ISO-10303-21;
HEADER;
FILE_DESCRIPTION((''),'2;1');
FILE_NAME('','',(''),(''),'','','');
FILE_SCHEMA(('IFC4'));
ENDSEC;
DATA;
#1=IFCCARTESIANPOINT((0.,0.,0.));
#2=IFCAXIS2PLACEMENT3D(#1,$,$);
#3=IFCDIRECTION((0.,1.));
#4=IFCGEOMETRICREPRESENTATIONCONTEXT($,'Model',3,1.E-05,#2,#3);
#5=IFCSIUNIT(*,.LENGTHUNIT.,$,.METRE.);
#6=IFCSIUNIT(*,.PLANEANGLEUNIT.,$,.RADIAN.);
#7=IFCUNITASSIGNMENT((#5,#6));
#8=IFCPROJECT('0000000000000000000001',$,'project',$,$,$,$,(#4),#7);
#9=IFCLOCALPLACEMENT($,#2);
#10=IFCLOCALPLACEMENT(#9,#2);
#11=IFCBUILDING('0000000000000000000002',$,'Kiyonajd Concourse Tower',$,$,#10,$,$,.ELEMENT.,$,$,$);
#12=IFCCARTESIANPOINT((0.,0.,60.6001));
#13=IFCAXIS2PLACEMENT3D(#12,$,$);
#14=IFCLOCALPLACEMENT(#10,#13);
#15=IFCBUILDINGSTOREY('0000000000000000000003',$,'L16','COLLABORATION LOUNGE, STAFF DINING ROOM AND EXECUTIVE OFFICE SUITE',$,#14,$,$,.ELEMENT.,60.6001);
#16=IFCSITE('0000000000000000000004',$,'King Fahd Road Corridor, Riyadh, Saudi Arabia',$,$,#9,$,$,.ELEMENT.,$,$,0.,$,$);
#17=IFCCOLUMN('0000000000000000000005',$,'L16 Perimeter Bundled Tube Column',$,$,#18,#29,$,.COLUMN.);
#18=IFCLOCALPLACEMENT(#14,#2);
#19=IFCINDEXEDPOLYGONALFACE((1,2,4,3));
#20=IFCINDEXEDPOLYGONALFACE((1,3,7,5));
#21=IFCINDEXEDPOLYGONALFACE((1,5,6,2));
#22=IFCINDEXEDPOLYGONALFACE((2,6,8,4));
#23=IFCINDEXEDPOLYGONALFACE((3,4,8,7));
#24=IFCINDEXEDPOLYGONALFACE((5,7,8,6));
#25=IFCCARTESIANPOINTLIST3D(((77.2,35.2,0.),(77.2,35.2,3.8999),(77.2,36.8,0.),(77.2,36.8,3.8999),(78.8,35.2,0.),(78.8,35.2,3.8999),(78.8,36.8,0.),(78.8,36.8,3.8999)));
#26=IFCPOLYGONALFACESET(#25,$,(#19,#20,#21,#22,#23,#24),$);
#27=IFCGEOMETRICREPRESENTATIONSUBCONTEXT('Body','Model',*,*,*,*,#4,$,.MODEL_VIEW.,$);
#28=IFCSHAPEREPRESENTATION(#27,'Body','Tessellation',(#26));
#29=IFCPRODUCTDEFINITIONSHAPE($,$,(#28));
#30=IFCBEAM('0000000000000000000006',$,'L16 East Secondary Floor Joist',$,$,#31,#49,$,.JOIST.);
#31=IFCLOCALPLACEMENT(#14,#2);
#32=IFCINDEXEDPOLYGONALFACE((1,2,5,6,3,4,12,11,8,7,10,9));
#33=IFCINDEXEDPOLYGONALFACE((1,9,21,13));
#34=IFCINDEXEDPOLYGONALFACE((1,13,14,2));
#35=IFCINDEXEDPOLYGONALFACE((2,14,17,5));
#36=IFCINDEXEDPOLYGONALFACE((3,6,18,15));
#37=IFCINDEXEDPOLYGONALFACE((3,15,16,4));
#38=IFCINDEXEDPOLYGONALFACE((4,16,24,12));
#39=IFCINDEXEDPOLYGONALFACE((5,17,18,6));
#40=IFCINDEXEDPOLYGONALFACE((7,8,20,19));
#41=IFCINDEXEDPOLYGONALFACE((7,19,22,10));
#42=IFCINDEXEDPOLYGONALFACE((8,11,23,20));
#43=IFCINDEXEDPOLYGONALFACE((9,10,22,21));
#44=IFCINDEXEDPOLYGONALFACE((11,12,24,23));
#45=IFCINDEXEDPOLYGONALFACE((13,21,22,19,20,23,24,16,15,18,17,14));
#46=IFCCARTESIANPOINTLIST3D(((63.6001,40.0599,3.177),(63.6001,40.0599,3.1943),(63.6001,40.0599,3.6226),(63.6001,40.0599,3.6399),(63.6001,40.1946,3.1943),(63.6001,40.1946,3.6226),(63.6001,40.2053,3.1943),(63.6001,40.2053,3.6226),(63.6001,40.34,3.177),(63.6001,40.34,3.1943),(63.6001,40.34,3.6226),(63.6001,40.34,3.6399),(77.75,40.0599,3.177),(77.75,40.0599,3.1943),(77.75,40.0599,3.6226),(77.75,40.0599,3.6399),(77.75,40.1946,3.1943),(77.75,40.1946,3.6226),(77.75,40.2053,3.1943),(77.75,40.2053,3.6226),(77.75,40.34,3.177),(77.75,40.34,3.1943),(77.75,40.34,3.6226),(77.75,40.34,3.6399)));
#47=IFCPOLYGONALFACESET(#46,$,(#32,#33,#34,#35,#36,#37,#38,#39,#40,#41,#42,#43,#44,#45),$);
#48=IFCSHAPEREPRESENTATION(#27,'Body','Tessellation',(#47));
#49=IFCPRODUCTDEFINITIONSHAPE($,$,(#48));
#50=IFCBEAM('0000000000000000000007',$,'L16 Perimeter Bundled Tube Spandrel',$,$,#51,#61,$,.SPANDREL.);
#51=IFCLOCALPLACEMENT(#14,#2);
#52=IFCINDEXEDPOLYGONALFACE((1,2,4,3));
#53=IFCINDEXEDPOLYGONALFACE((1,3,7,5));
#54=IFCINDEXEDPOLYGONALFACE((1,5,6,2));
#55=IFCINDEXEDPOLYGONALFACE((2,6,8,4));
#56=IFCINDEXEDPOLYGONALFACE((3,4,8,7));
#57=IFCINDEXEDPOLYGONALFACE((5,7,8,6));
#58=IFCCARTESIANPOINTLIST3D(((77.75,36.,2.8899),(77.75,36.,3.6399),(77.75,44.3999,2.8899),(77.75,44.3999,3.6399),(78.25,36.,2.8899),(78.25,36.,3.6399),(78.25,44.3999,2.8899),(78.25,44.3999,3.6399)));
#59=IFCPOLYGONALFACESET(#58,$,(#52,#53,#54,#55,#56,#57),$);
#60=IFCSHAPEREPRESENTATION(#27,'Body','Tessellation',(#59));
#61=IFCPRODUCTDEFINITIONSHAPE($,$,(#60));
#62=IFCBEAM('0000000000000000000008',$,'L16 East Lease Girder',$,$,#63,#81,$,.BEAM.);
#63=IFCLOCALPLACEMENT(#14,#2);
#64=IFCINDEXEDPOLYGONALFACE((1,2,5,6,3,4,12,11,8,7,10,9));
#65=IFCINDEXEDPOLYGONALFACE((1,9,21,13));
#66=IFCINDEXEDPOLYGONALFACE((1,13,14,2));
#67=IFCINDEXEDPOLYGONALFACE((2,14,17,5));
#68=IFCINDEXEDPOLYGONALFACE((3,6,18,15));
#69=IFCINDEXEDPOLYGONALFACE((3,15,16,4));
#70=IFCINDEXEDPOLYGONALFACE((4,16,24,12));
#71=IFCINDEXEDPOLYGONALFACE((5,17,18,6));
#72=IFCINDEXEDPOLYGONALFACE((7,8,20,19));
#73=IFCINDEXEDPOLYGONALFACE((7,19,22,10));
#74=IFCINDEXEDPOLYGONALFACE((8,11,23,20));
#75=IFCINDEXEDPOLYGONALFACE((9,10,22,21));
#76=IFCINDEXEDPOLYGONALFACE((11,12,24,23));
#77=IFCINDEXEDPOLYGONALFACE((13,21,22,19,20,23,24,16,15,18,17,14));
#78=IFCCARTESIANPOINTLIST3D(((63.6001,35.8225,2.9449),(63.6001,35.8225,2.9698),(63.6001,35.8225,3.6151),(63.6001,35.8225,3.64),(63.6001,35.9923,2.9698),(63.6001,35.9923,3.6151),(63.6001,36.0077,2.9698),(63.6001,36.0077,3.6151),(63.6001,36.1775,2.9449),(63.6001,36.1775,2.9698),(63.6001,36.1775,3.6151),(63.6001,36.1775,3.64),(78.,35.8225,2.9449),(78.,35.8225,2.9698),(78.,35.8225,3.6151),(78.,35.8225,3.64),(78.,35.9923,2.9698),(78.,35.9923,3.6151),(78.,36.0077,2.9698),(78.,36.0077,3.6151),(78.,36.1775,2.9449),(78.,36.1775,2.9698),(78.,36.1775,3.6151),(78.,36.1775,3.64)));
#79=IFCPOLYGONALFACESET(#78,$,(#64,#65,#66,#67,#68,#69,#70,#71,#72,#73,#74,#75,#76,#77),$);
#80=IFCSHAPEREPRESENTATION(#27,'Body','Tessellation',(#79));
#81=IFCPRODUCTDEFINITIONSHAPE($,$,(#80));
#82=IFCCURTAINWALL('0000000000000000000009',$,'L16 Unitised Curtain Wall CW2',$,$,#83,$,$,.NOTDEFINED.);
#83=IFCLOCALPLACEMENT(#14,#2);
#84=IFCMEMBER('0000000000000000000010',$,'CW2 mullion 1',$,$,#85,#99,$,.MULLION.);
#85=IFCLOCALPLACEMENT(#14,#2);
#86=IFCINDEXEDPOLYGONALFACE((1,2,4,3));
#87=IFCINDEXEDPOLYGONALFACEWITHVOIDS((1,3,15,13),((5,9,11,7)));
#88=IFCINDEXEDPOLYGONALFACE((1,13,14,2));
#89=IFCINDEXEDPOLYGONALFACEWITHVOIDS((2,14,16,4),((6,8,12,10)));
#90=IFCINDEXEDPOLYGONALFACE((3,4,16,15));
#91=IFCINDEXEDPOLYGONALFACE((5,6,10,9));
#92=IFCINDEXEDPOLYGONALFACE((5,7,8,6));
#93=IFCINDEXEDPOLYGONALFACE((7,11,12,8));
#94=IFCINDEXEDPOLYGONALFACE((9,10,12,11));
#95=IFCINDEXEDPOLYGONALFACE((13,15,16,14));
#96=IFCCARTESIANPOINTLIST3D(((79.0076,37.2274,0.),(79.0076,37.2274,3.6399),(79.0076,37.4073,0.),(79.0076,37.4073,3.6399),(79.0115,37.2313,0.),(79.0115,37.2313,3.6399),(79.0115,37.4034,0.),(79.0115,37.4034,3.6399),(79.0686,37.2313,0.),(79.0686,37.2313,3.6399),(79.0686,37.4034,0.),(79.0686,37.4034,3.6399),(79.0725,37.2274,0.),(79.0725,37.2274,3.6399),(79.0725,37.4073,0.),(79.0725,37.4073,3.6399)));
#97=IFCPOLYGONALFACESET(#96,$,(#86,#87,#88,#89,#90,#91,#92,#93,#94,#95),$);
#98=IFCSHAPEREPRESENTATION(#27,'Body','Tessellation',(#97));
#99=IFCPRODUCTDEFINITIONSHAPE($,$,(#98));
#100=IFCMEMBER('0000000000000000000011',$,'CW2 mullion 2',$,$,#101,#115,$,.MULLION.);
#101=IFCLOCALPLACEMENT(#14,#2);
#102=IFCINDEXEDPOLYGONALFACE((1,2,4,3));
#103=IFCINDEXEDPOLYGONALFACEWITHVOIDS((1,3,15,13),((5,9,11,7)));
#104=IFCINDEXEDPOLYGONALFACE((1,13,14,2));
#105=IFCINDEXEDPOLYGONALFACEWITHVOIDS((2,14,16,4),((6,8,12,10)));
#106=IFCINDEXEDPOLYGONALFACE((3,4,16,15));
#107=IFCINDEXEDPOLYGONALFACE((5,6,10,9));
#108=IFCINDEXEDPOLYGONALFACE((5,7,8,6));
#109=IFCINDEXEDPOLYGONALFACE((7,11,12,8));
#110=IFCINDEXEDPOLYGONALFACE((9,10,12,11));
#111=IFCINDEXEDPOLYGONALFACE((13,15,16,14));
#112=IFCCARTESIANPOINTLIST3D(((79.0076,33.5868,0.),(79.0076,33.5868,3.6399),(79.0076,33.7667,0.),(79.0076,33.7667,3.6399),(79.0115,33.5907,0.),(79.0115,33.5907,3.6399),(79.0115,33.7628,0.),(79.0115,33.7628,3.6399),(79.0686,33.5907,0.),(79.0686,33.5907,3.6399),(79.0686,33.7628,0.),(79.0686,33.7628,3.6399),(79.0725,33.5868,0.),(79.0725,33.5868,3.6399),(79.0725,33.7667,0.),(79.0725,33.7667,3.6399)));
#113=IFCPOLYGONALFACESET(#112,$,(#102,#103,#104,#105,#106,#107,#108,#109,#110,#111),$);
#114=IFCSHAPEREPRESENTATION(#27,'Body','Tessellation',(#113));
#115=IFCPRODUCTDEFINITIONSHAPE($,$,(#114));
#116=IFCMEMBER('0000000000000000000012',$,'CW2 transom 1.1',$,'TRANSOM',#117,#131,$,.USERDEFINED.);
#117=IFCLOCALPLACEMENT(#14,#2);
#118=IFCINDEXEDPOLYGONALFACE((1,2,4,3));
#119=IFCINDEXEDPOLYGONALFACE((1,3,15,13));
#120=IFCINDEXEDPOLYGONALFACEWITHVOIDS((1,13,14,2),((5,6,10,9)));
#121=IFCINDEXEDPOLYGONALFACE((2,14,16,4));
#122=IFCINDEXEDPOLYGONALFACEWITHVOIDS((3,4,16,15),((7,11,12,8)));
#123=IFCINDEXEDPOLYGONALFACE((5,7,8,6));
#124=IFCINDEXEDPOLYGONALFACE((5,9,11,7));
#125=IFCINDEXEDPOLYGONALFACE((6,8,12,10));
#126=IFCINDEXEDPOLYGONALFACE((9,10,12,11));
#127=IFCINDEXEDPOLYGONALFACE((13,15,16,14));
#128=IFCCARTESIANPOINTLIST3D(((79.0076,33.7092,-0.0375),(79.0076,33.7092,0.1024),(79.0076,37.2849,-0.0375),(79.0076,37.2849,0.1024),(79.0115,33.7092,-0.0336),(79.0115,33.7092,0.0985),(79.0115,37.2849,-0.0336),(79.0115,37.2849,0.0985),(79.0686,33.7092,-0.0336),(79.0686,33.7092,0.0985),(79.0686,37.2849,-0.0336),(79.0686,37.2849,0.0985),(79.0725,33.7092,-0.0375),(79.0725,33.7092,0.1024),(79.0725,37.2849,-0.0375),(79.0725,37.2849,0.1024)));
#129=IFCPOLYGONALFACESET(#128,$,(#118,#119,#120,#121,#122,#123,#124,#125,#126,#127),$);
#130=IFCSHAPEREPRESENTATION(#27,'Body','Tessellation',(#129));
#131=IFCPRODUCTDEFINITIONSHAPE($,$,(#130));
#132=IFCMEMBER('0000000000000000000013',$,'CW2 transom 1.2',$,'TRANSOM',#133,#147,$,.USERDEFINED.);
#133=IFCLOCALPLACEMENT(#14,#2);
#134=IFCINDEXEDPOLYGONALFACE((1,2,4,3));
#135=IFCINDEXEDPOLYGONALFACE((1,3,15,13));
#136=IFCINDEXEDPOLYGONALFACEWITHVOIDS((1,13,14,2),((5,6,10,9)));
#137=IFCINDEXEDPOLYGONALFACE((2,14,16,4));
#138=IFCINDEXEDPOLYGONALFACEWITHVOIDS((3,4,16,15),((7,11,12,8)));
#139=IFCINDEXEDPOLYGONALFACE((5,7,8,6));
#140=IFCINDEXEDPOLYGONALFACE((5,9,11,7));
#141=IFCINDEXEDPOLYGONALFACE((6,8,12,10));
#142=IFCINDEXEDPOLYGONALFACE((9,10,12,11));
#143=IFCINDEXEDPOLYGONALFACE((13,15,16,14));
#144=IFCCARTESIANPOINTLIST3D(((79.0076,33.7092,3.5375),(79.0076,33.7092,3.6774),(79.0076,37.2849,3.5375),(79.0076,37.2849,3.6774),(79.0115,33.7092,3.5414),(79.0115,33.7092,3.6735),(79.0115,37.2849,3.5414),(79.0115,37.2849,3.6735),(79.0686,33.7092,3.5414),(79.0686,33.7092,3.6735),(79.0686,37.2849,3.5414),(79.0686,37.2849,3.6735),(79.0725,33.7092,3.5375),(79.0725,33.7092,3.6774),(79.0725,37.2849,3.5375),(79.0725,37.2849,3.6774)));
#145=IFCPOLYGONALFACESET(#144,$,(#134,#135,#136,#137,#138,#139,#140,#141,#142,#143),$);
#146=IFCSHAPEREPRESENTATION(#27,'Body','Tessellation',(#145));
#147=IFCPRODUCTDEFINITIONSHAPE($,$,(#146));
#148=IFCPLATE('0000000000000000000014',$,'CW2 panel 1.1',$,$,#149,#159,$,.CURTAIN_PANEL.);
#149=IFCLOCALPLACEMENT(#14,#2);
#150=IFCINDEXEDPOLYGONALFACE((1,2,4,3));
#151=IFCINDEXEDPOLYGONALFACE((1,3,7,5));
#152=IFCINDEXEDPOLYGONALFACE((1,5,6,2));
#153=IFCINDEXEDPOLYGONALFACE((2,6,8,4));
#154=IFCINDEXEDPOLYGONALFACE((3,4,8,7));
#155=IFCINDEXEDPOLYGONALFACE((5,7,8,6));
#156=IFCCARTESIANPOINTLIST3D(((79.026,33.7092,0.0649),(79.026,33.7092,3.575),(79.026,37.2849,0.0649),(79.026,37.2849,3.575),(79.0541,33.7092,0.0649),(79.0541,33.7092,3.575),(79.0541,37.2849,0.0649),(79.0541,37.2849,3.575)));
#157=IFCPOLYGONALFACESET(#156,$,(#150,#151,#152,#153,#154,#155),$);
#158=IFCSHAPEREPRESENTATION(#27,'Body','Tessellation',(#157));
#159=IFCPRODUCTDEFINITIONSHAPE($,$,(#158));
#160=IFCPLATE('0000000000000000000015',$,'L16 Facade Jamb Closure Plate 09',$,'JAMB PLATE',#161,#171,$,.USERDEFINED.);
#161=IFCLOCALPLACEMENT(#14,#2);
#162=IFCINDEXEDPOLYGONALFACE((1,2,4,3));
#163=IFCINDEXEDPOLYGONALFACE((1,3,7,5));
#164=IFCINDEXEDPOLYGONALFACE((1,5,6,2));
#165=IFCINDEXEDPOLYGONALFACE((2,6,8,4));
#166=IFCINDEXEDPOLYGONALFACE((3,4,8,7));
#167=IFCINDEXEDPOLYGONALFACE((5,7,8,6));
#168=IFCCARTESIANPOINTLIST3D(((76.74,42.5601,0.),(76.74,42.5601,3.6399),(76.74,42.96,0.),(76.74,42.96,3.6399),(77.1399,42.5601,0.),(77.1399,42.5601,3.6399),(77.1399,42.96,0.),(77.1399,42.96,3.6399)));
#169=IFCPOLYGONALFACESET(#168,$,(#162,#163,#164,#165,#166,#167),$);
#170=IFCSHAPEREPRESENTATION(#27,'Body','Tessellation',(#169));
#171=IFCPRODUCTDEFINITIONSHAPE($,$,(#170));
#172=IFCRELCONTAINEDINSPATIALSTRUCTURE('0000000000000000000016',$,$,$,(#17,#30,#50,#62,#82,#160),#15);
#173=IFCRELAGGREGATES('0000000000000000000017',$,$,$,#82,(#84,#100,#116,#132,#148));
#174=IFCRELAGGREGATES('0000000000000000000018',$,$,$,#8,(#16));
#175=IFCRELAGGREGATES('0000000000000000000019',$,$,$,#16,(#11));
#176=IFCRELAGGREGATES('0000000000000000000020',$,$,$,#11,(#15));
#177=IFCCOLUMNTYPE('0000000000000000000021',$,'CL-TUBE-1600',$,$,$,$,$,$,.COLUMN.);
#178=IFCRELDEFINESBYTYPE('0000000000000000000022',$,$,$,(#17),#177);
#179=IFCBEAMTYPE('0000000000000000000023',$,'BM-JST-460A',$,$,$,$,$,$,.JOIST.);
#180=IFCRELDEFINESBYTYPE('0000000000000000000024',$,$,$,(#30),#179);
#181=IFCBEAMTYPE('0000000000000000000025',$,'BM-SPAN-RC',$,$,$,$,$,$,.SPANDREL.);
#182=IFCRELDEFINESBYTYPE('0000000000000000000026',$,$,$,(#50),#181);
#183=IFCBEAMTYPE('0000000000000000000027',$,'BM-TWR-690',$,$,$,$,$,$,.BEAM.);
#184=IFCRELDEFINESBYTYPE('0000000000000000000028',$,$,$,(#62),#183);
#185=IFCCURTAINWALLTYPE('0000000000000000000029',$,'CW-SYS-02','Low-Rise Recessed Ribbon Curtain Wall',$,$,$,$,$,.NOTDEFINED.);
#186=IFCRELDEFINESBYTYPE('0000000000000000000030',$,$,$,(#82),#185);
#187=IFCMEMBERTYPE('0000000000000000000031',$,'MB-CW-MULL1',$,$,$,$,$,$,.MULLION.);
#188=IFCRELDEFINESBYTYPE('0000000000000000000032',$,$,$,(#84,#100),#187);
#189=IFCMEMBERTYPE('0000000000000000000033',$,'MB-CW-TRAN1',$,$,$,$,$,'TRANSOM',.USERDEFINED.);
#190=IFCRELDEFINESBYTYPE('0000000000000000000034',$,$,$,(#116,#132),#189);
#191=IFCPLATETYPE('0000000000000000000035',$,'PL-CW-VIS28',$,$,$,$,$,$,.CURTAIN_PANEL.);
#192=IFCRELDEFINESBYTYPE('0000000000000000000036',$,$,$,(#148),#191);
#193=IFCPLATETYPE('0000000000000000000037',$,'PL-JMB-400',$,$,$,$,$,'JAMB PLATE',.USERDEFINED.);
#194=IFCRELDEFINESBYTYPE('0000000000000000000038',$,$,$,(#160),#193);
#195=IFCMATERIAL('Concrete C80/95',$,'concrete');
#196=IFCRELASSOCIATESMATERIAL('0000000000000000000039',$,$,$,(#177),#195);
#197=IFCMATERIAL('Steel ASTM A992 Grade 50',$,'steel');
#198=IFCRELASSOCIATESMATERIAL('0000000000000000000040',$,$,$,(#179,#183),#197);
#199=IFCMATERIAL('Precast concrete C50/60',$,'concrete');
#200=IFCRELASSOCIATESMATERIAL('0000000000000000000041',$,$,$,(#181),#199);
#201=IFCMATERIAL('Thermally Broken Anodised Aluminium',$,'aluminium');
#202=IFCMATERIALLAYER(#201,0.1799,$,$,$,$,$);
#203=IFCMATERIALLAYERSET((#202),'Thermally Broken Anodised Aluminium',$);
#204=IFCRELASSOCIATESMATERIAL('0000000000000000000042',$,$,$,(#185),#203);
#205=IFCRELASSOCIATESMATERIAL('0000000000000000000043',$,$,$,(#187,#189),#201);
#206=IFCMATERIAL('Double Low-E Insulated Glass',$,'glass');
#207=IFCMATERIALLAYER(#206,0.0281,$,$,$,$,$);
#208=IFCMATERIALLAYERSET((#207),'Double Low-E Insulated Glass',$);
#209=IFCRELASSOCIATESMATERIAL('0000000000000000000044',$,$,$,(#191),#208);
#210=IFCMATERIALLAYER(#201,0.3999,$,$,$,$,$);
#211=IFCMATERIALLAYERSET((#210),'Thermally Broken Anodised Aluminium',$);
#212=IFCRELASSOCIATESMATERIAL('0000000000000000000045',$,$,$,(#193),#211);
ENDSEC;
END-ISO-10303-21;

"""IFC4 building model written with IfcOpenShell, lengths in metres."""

from ifc_helpers import new_model, si_unit, direction, frame, origin, origin_2d, place, context, subcontext, project, spatial, rectangle, hollow_rectangle, i_section, extrude, material, layer, layer_set, material_profile, profile_set, type_object, element, aggregate, save


model = new_model("IFC4")

# Units and contexts
model_context = context("Model", 3, precision=1e-05, world=origin(), true_north=direction((0.0, 1.0)))
body_context = subcontext(model_context, "Body", "Model", "MODEL_VIEW")
ifc_project = project(units=[si_unit("LENGTHUNIT", "METRE"), si_unit("PLANEANGLEUNIT", "RADIAN")], contexts=[model_context])

# Site, building, storey
site_placement = place(None, origin())
site = spatial("IfcSite", under=ifc_project, at=site_placement, Name="King Fahd Road Corridor, Riyadh, Saudi Arabia", CompositionType="ELEMENT", RefElevation=0.0)
building_placement = place(site_placement, origin())
building = spatial("IfcBuilding", under=site, at=building_placement, Name="Kiyonajd Concourse Tower", CompositionType="ELEMENT")
storey_placement = place(building_placement, frame((0.0, 0.0, 60.6001)))
storey = spatial("IfcBuildingStorey", under=building, at=storey_placement, Name="L16", Description="COLLABORATION LOUNGE, STAFF DINING ROOM AND EXECUTIVE OFFICE SUITE", CompositionType="ELEMENT", Elevation=60.6001)

# Column
ifc_material_1 = material(Name="Concrete C80/95", Category="concrete")
ifc_material_profile_1 = material_profile(ifc_material_1, rectangle(XDim=1.6001, YDim=1.6001, at=origin_2d()), Name="RC-1600x1600")
ifc_profile_set_1 = profile_set([ifc_material_profile_1], Name="Concrete C80/95")
column_type = type_object("IfcColumnType", Name="CL-TUBE-1600", PredefinedType="COLUMN", material=ifc_profile_set_1)
column_placement = place(storey_placement, frame((78.0, 36.0, 0.0), z_axis=(0.0, 0.0, 1.0), x_axis=(1.0, 0.0, 0.0)))
element("IfcColumn", 1, at=column_placement, inside=storey, type_object=column_type, Name="L16 Perimeter Bundled Tube Column", PredefinedType="COLUMN", context=body_context, shape_type="SweptSolid", body=[
    extrude(rectangle(XDim=1.6001, YDim=1.6001, at=origin_2d()), origin(), (0.0, 0.0, 1.0), 3.8999),
])

# Beams
ifc_material_2 = material(Name="Steel ASTM A992 Grade 50", Category="steel")
ifc_material_profile_2 = material_profile(ifc_material_2, i_section(OverallWidth=0.28, OverallDepth=0.4629, WebThickness=0.0107, FlangeThickness=0.0173, at=origin_2d()), Name="W460X113")
ifc_profile_set_2 = profile_set([ifc_material_profile_2], Name="Steel ASTM A992 Grade 50")
beam_type_1 = type_object("IfcBeamType", Name="BM-JST-460A", PredefinedType="JOIST", material=ifc_profile_set_2)
beam_1_placement = place(storey_placement, frame((63.6001, 40.2, 3.4084), z_axis=(1.0, 0.0, 0.0), x_axis=(0.0, 1.0, 0.0)))
element("IfcBeam", 2, at=beam_1_placement, inside=storey, type_object=beam_type_1, Name="L16 East Secondary Floor Joist", PredefinedType="JOIST", context=body_context, shape_type="SweptSolid", body=[
    extrude(i_section(OverallWidth=0.28, OverallDepth=0.4629, WebThickness=0.0107, FlangeThickness=0.0173, at=origin_2d()), origin(), (0.0, 0.0, 1.0), 14.1499),
])
ifc_material_3 = material(Name="Precast concrete C50/60", Category="concrete")
ifc_material_profile_3 = material_profile(ifc_material_3, rectangle(XDim=0.5, YDim=0.75, at=origin_2d()), Name="RCBM-500x750")
ifc_profile_set_3 = profile_set([ifc_material_profile_3], Name="Precast concrete C50/60")
beam_type_2 = type_object("IfcBeamType", Name="BM-SPAN-RC", PredefinedType="SPANDREL", material=ifc_profile_set_3)
beam_2_placement = place(storey_placement, frame((78.0, 36.0, 3.2649), z_axis=(0.0, 1.0, 0.0), x_axis=(-1.0, 0.0, 0.0)))
element("IfcBeam", 3, at=beam_2_placement, inside=storey, type_object=beam_type_2, Name="L16 Perimeter Bundled Tube Spandrel", PredefinedType="SPANDREL", context=body_context, shape_type="SweptSolid", body=[
    extrude(rectangle(XDim=0.5, YDim=0.75, at=origin_2d()), origin(), (0.0, 0.0, 1.0), 8.3999),
])
ifc_material_profile_4 = material_profile(ifc_material_2, i_section(OverallWidth=0.355, OverallDepth=0.6951, WebThickness=0.0154, FlangeThickness=0.0249, at=origin_2d()), Name="W690X217")
ifc_profile_set_4 = profile_set([ifc_material_profile_4], Name="Steel ASTM A992 Grade 50")
beam_type_3 = type_object("IfcBeamType", Name="BM-TWR-690", PredefinedType="BEAM", material=ifc_profile_set_4)
beam_3_placement = place(storey_placement, frame((63.6001, 36.0, 3.2925), z_axis=(1.0, 0.0, 0.0), x_axis=(0.0, 1.0, 0.0)))
element("IfcBeam", 4, at=beam_3_placement, inside=storey, type_object=beam_type_3, Name="L16 East Lease Girder", PredefinedType="BEAM", context=body_context, shape_type="SweptSolid", body=[
    extrude(i_section(OverallWidth=0.355, OverallDepth=0.6951, WebThickness=0.0154, FlangeThickness=0.0249, at=origin_2d()), origin(), (0.0, 0.0, 1.0), 14.3999),
])

# Curtain wall, members, plate
ifc_material_4 = material(Name="Thermally Broken Anodised Aluminium", Category="aluminium")
ifc_layer_1 = layer(ifc_material_4, 0.1799)
ifc_layer_set_1 = layer_set([ifc_layer_1], Name="Thermally Broken Anodised Aluminium")
curtain_wall_type = type_object("IfcCurtainWallType", Name="CW-SYS-02", Description="Low-Rise Recessed Ribbon Curtain Wall", PredefinedType="NOTDEFINED", material=ifc_layer_set_1)
curtain_wall_placement = place(storey_placement, origin())
curtain_wall = element("IfcCurtainWall", 5, at=curtain_wall_placement, inside=storey, type_object=curtain_wall_type, Name="L16 Unitised Curtain Wall CW2", PredefinedType="NOTDEFINED")
ifc_material_profile_5 = material_profile(ifc_material_4, hollow_rectangle(XDim=0.0649, YDim=0.1799, WallThickness=0.0039, at=origin_2d()), Name="MULL-65x180")
ifc_profile_set_5 = profile_set([ifc_material_profile_5], Name="Thermally Broken Anodised Aluminium")
member_type_1 = type_object("IfcMemberType", Name="MB-CW-MULL1", PredefinedType="MULLION", material=ifc_profile_set_5)
member_1_placement = place(storey_placement, frame((79.04, 37.3174, 0.0), z_axis=(0.0, 0.0, 1.0), x_axis=(1.0, 0.0, 0.0)))
member_1 = element("IfcMember", 6, at=member_1_placement, type_object=member_type_1, Name="CW2 mullion 1", PredefinedType="MULLION", context=body_context, shape_type="SweptSolid", body=[
    extrude(hollow_rectangle(XDim=0.0649, YDim=0.1799, WallThickness=0.0039, at=origin_2d()), origin(), (0.0, 0.0, 1.0), 3.6399),
])
member_2_placement = place(storey_placement, frame((79.04, 33.6768, 0.0), z_axis=(0.0, 0.0, 1.0), x_axis=(1.0, 0.0, 0.0)))
member_2 = element("IfcMember", 7, at=member_2_placement, type_object=member_type_1, Name="CW2 mullion 2", PredefinedType="MULLION", context=body_context, shape_type="SweptSolid", body=[
    extrude(hollow_rectangle(XDim=0.0649, YDim=0.1799, WallThickness=0.0039, at=origin_2d()), origin(), (0.0, 0.0, 1.0), 3.6399),
])
ifc_material_profile_6 = material_profile(ifc_material_4, hollow_rectangle(XDim=0.0649, YDim=0.1399, WallThickness=0.0039, at=origin_2d()), Name="TRAN-65x140")
ifc_profile_set_6 = profile_set([ifc_material_profile_6], Name="Thermally Broken Anodised Aluminium")
member_type_2 = type_object("IfcMemberType", Name="MB-CW-TRAN1", ElementType="TRANSOM", PredefinedType="USERDEFINED", material=ifc_profile_set_6)
member_3_placement = place(storey_placement, frame((79.04, 37.2849, 0.0325), z_axis=(0.0, -1.0, 0.0), x_axis=(1.0, 0.0, 0.0)))
member_3 = element("IfcMember", 8, at=member_3_placement, type_object=member_type_2, Name="CW2 transom 1.1", ObjectType="TRANSOM", PredefinedType="USERDEFINED", context=body_context, shape_type="SweptSolid", body=[
    extrude(hollow_rectangle(XDim=0.0649, YDim=0.1399, WallThickness=0.0039, at=origin_2d()), origin(), (0.0, 0.0, 1.0), 3.5757),
])
member_4_placement = place(storey_placement, frame((79.04, 37.2849, 3.6074), z_axis=(0.0, -1.0, 0.0), x_axis=(1.0, 0.0, 0.0)))
member_4 = element("IfcMember", 9, at=member_4_placement, type_object=member_type_2, Name="CW2 transom 1.2", ObjectType="TRANSOM", PredefinedType="USERDEFINED", context=body_context, shape_type="SweptSolid", body=[
    extrude(hollow_rectangle(XDim=0.0649, YDim=0.1399, WallThickness=0.0039, at=origin_2d()), origin(), (0.0, 0.0, 1.0), 3.5757),
])
ifc_material_5 = material(Name="Double Low-E Insulated Glass", Category="glass")
ifc_layer_2 = layer(ifc_material_5, 0.0281)
ifc_layer_set_2 = layer_set([ifc_layer_2], Name="Double Low-E Insulated Glass")
plate_type_1 = type_object("IfcPlateType", Name="PL-CW-VIS28", PredefinedType="CURTAIN_PANEL", material=ifc_layer_set_2)
plate_placement = place(storey_placement, frame((79.04, 35.4971, 0.0649), z_axis=(0.0, 0.0, 1.0), x_axis=(0.0, -1.0, 0.0)))
plate = element("IfcPlate", 10, at=plate_placement, type_object=plate_type_1, Name="CW2 panel 1.1", PredefinedType="CURTAIN_PANEL", context=body_context, shape_type="SweptSolid", body=[
    extrude(rectangle(XDim=3.5757, YDim=0.0281, at=origin_2d()), origin(), (0.0, 0.0, 1.0), 3.51),
])
aggregate(curtain_wall, [member_1, member_2, member_3, member_4, plate])

# Plate
ifc_layer_3 = layer(ifc_material_4, 0.3999)
ifc_layer_set_3 = layer_set([ifc_layer_3], Name="Thermally Broken Anodised Aluminium")
plate_type_2 = type_object("IfcPlateType", Name="PL-JMB-400", ElementType="JAMB PLATE", PredefinedType="USERDEFINED", material=ifc_layer_set_3)
for number, where, z_axis, x_axis, name in (
    (11, (76.9399, 42.76, 0.0), (0.0, 0.0, 1.0), (1.0, 0.0, 0.0), "L16 Facade Jamb Closure Plate 09"),
):
    element("IfcPlate", number, at=place(storey_placement, frame(where, z_axis=z_axis, x_axis=x_axis)), inside=storey, type_object=plate_type_2, Name=name, ObjectType="JAMB PLATE", PredefinedType="USERDEFINED", context=body_context, shape_type="SweptSolid", body=[
        extrude(rectangle(XDim=0.3999, YDim=0.3999, at=origin_2d()), origin(), (0.0, 0.0, 1.0), 3.6399),
    ])

save(model, "model.ifc")
